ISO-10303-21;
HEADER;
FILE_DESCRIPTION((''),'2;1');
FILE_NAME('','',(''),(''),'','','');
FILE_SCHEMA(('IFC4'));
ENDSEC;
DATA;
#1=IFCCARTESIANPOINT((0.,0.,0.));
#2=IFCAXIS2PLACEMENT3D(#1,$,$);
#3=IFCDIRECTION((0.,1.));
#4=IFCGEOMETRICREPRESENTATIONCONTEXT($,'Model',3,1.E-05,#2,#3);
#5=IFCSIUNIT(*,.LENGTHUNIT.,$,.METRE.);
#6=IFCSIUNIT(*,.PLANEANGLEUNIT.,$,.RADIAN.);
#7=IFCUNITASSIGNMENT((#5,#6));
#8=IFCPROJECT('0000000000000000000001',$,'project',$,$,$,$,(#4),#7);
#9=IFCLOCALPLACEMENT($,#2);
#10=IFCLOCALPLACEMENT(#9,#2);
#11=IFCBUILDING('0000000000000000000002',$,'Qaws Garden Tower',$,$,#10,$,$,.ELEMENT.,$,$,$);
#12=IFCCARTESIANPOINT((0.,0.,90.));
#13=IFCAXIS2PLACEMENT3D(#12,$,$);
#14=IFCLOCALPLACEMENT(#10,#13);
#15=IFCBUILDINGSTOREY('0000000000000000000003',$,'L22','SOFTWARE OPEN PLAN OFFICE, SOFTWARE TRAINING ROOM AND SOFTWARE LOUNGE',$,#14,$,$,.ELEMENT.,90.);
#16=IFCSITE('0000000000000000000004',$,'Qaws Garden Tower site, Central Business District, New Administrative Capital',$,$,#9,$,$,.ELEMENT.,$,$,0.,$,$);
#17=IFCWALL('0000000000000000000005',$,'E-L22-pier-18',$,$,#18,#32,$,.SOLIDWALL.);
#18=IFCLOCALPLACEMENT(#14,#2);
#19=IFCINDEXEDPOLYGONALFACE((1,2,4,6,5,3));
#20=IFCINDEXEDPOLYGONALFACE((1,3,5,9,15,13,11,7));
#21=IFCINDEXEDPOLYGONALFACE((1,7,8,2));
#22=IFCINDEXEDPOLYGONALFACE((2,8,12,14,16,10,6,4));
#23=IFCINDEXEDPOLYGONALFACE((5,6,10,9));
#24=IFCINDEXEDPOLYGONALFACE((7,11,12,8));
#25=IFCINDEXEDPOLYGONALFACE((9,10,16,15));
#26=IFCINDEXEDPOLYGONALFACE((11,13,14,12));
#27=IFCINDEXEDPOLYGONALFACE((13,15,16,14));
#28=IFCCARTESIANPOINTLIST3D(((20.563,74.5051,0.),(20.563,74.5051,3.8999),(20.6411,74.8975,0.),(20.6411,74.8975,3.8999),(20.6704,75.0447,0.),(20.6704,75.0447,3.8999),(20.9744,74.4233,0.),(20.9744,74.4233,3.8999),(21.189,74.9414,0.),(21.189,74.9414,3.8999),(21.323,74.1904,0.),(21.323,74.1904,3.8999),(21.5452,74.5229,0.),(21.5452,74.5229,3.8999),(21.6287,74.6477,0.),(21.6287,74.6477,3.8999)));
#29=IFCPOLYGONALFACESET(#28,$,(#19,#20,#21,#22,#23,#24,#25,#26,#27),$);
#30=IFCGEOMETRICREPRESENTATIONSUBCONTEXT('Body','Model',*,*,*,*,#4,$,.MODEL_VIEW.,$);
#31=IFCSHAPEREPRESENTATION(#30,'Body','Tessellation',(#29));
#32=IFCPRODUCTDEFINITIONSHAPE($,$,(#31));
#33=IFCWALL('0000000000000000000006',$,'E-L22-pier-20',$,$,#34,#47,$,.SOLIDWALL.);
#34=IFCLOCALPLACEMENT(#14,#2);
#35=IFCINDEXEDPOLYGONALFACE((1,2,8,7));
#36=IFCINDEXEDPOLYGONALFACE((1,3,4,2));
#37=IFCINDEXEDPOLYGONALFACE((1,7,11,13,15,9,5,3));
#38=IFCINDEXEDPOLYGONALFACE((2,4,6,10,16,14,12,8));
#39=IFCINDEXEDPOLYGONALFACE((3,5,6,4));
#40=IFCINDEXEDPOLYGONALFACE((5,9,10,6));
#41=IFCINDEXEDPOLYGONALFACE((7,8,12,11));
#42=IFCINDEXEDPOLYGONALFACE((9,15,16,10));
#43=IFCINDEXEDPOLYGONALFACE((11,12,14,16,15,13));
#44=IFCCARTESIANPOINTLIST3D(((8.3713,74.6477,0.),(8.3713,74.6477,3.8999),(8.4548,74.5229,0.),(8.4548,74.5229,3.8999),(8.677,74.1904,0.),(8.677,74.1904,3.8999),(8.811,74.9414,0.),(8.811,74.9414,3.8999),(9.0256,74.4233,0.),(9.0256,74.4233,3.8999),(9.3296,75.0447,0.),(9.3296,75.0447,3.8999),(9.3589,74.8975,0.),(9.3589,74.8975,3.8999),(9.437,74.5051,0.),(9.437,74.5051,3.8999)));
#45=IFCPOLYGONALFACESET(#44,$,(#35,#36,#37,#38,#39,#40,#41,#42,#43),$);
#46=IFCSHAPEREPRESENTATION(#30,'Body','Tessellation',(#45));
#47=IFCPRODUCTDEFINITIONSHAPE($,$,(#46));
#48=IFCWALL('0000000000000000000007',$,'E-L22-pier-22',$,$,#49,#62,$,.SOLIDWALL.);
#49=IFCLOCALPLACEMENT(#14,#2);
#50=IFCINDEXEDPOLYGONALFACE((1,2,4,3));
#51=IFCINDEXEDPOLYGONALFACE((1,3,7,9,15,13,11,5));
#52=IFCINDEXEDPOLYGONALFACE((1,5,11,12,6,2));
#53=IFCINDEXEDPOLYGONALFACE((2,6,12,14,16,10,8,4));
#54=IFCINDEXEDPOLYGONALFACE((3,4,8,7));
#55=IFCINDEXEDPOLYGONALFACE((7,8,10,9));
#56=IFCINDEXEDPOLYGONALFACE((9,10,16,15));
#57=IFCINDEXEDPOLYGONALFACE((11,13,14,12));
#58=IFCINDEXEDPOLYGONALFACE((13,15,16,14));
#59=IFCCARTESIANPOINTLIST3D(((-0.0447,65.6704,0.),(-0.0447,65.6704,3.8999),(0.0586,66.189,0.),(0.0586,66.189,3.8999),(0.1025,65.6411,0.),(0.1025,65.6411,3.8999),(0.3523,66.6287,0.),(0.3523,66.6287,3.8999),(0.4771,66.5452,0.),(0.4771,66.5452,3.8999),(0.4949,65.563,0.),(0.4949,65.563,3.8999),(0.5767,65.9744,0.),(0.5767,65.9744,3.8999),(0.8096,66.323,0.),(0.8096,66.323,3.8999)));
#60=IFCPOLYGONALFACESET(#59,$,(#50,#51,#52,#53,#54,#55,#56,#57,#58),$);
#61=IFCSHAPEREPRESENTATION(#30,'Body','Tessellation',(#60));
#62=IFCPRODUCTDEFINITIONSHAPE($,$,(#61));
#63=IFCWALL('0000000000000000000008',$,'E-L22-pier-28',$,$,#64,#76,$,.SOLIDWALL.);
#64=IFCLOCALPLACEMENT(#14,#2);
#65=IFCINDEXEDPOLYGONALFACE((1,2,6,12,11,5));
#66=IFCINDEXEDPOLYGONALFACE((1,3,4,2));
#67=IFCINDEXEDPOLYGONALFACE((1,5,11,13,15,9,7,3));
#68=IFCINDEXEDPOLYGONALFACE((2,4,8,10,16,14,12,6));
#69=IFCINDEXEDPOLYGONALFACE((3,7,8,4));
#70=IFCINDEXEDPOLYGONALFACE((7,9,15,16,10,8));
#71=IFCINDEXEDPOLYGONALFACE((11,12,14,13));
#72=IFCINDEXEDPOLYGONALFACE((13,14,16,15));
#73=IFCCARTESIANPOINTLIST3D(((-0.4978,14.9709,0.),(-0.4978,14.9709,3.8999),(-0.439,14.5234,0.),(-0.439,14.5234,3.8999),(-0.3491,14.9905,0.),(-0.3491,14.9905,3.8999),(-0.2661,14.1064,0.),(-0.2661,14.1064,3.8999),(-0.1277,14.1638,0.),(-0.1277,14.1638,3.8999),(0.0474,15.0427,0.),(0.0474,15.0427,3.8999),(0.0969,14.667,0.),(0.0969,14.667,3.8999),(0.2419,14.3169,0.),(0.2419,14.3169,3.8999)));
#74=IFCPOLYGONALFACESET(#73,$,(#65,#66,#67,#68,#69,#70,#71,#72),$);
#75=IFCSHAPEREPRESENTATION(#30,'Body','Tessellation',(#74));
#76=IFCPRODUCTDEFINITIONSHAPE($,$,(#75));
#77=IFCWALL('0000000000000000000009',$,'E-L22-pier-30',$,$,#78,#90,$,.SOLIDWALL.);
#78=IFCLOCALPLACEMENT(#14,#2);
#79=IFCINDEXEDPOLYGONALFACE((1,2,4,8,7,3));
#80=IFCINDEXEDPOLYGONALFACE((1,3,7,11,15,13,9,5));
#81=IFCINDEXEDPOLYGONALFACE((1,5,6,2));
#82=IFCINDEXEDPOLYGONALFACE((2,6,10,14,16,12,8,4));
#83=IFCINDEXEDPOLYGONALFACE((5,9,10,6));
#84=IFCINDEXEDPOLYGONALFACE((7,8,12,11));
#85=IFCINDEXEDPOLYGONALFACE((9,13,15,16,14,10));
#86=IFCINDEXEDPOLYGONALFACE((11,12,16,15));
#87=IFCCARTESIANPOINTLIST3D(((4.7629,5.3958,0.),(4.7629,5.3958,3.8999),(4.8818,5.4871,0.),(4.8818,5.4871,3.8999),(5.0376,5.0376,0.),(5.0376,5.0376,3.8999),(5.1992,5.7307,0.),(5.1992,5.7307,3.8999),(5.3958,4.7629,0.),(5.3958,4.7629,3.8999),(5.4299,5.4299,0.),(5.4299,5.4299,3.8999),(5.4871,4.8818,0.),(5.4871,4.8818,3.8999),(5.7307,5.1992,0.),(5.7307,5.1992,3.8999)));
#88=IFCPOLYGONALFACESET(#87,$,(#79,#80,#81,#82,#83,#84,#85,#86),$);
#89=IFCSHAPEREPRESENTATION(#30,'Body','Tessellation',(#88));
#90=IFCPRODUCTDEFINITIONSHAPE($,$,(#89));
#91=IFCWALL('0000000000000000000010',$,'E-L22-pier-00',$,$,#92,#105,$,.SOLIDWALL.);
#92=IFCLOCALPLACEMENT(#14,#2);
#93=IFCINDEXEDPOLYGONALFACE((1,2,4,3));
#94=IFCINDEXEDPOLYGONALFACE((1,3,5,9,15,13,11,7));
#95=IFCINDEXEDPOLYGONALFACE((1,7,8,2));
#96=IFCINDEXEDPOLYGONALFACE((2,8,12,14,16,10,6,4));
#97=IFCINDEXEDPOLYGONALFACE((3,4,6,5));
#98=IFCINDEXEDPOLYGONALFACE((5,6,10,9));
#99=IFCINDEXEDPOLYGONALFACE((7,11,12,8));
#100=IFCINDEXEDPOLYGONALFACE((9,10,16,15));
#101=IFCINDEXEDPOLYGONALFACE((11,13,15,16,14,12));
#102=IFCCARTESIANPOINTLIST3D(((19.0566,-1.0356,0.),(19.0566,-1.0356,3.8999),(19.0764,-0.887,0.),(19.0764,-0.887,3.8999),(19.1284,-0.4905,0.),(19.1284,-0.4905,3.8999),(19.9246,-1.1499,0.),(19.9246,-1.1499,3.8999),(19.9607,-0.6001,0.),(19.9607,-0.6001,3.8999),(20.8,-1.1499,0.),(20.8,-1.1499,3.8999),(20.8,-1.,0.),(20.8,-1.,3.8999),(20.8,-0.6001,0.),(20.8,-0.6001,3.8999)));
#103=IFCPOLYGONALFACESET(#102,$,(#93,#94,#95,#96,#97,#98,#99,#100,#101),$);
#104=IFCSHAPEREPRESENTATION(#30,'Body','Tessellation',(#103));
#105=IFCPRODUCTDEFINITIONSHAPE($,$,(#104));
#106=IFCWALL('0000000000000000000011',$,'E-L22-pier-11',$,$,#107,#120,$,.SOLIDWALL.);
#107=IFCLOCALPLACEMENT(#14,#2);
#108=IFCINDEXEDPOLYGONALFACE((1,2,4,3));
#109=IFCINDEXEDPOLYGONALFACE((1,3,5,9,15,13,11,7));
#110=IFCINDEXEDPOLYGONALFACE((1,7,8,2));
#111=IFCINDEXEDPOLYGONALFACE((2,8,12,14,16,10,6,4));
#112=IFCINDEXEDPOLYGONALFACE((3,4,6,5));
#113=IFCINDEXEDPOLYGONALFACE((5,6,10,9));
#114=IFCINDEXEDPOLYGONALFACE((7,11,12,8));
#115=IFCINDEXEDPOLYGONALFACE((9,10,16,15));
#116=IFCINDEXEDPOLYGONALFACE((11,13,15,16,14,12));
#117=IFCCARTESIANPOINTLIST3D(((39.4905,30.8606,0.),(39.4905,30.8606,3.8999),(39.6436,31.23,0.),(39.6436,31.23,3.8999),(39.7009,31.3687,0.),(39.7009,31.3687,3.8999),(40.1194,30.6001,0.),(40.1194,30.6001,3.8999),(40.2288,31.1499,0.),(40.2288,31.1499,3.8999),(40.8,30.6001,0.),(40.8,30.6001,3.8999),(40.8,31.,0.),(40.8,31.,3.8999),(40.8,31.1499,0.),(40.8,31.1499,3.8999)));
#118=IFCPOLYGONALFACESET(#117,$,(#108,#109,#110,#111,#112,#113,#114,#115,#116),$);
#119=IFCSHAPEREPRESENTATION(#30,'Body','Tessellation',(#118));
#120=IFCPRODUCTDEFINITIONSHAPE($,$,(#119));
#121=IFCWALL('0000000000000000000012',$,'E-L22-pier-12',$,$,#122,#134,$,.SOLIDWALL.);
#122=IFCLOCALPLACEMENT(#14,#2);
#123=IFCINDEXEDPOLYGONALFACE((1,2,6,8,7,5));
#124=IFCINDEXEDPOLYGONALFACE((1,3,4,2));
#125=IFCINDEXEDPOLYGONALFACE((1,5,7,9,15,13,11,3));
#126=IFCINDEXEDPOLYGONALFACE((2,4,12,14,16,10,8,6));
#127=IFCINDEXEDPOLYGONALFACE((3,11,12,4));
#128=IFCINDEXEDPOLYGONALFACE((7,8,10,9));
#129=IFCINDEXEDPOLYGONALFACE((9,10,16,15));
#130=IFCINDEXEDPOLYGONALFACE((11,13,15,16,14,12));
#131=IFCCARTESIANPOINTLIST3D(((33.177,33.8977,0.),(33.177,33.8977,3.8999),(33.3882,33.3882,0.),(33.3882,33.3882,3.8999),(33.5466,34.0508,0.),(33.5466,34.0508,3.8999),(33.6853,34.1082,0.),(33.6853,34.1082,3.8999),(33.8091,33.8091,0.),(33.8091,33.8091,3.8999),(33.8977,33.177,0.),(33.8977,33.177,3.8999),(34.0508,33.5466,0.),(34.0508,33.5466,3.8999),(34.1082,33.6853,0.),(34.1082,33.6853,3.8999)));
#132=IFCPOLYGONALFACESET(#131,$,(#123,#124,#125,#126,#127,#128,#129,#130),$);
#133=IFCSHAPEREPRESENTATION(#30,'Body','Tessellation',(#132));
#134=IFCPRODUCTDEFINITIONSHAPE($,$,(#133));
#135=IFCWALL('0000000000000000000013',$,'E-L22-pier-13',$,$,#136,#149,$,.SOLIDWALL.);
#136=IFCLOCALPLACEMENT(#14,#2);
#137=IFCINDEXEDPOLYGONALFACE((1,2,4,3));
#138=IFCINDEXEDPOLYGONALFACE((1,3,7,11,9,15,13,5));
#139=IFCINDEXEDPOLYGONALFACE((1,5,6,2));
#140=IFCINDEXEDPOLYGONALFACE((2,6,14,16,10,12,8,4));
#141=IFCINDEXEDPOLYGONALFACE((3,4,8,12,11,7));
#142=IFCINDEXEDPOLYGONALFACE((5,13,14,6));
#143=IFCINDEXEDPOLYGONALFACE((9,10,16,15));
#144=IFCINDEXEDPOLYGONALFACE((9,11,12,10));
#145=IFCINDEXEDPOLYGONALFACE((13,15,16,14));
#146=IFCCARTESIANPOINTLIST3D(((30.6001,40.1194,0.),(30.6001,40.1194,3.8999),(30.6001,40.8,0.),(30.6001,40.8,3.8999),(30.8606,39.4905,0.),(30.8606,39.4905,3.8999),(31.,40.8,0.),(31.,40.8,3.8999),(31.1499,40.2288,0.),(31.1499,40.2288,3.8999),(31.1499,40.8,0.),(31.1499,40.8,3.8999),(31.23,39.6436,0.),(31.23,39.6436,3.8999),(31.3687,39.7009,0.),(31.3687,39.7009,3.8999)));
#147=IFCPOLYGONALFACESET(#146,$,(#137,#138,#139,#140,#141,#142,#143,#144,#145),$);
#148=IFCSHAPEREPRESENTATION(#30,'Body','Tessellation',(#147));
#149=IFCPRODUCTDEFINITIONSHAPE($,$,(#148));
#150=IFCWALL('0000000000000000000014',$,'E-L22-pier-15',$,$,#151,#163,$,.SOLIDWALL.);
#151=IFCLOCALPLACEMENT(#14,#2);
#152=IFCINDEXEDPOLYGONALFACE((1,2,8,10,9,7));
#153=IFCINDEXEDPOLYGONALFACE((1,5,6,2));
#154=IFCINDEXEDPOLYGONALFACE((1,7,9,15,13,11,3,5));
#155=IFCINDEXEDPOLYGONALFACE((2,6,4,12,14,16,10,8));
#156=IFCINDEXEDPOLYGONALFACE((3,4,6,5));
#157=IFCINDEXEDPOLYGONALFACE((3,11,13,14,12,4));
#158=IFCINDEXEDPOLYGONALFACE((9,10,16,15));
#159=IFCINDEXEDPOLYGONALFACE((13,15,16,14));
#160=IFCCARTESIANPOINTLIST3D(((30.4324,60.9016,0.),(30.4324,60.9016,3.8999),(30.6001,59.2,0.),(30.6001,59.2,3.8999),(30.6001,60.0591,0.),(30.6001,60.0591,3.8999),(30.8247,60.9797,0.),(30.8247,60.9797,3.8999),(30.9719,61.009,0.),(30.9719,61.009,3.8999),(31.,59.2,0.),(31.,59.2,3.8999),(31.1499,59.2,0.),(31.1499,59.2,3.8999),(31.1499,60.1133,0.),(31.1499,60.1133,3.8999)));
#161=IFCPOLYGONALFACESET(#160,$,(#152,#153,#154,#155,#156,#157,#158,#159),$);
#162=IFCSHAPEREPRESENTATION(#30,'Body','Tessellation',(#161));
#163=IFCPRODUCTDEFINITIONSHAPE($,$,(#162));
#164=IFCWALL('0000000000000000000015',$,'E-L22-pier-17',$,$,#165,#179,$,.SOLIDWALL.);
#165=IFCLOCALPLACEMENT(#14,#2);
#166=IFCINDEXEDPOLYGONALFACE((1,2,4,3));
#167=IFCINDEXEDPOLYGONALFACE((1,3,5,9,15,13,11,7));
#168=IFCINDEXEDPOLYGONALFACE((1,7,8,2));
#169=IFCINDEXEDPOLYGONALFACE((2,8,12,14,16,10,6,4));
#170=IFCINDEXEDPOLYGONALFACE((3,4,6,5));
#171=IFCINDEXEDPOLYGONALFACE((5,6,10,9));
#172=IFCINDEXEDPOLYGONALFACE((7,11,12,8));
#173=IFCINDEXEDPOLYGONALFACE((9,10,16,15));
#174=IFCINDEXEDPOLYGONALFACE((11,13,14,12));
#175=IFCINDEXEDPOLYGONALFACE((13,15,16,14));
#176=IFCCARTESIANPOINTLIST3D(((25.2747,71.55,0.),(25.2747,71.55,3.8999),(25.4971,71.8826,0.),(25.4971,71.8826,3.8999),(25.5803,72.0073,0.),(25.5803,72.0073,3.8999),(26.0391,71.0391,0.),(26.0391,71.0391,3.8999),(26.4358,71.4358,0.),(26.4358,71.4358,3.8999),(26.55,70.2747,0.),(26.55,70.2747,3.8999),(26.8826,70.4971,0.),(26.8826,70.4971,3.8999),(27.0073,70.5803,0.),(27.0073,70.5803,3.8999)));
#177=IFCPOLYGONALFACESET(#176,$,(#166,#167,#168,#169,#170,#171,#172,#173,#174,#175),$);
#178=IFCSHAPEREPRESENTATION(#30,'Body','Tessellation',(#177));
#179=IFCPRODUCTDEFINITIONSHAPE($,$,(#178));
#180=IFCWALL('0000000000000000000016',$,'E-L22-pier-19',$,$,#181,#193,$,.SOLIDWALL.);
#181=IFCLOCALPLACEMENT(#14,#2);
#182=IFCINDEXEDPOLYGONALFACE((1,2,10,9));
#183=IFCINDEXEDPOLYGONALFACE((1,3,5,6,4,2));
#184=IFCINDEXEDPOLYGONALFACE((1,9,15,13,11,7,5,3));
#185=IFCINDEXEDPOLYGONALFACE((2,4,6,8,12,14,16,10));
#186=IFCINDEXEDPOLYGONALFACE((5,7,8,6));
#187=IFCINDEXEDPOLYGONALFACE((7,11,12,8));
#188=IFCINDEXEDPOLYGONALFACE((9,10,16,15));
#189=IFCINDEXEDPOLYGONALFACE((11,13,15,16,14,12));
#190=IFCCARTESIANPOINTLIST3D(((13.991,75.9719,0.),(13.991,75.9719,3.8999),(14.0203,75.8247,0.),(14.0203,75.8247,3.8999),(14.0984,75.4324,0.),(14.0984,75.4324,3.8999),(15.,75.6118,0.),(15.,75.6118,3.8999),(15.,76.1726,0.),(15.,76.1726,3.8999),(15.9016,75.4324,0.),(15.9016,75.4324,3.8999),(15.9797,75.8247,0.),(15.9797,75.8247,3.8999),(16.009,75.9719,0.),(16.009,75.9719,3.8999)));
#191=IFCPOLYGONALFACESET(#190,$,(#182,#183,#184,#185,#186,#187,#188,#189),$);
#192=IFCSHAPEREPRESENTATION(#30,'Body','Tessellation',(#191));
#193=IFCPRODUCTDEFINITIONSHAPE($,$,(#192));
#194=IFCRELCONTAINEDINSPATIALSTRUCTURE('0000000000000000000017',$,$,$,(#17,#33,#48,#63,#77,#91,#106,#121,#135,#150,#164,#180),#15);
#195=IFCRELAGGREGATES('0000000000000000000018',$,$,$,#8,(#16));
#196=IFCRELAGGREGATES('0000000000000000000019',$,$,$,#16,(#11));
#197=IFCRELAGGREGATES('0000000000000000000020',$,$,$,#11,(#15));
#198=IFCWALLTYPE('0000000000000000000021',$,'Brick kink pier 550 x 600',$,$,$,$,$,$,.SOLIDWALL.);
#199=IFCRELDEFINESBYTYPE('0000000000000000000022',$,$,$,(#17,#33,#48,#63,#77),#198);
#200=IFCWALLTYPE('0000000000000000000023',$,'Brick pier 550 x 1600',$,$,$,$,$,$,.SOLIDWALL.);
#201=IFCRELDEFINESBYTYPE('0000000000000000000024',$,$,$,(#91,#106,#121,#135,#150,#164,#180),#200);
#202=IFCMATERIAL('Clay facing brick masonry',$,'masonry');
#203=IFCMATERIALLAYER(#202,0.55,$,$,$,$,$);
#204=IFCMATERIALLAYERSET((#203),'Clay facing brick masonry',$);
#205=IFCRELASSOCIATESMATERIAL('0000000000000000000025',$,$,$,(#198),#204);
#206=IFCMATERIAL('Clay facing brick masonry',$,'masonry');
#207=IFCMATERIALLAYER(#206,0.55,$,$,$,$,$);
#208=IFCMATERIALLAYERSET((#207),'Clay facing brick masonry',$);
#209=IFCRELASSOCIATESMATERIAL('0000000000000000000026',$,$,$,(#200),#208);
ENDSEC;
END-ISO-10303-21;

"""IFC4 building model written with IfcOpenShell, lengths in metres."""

from ifc_helpers import new_model, si_unit, direction, frame, origin, place, context, subcontext, project, spatial, polyline, outline, extrude, material, layer, layer_set, type_object, element, save


model = new_model("IFC4")

# Units and contexts
model_context = context("Model", 3, precision=1e-05, world=origin(), true_north=direction((0.0, 1.0)))
body_context = subcontext(model_context, "Body", "Model", "MODEL_VIEW")
ifc_project = project(units=[si_unit("LENGTHUNIT", "METRE"), si_unit("PLANEANGLEUNIT", "RADIAN")], contexts=[model_context])

# Site, building, storey
site_placement = place(None, origin())
site = spatial("IfcSite", under=ifc_project, at=site_placement, Name="Qaws Garden Tower site, Central Business District, New Administrative Capital", CompositionType="ELEMENT", RefElevation=0.0)
building_placement = place(site_placement, origin())
building = spatial("IfcBuilding", under=site, at=building_placement, Name="Qaws Garden Tower", CompositionType="ELEMENT")
storey_placement = place(building_placement, frame((0.0, 0.0, 90.0)))
storey = spatial("IfcBuildingStorey", under=building, at=storey_placement, Name="L22", Description="SOFTWARE OPEN PLAN OFFICE, SOFTWARE TRAINING ROOM AND SOFTWARE LOUNGE", CompositionType="ELEMENT", Elevation=90.0)

# Walls
placement = place(storey_placement, origin())
ifc_material_1 = material(Name="Clay facing brick masonry", Category="masonry")
ifc_layer_1 = layer(ifc_material_1, 0.55)
ifc_layer_set_1 = layer_set([ifc_layer_1], Name="Clay facing brick masonry")
wall_type_1 = type_object("IfcWallType", Name="Brick kink pier 550 x 600", PredefinedType="SOLIDWALL", material=ifc_layer_set_1)
element("IfcWall", 1, at=placement, inside=storey, type_object=wall_type_1, Name="E-L22-pier-18", PredefinedType="SOLIDWALL", context=body_context, shape_type="SweptSolid", body=[
    extrude(outline(polyline([(21.5452, 74.5229), (21.6287, 74.6477), (21.189, 74.9414), (20.6704, 75.0447), (20.6411, 74.8975), (20.563, 74.5051), (20.9744, 74.4233), (21.323, 74.1904), (21.5452, 74.5229)])), origin(), (0.0, 0.0, 1.0), 3.8999),
])
element("IfcWall", 2, at=placement, inside=storey, type_object=wall_type_1, Name="E-L22-pier-20", PredefinedType="SOLIDWALL", context=body_context, shape_type="SweptSolid", body=[
    extrude(outline(polyline([(9.3589, 74.8975), (9.3296, 75.0447), (8.811, 74.9414), (8.3713, 74.6477), (8.4548, 74.5229), (8.677, 74.1904), (9.0256, 74.4233), (9.437, 74.5051), (9.3589, 74.8975)])), origin(), (0.0, 0.0, 1.0), 3.8999),
])
element("IfcWall", 3, at=placement, inside=storey, type_object=wall_type_1, Name="E-L22-pier-22", PredefinedType="SOLIDWALL", context=body_context, shape_type="SweptSolid", body=[
    extrude(outline(polyline([(0.4771, 66.5452), (0.3523, 66.6287), (0.0586, 66.189), (-0.0447, 65.6704), (0.1025, 65.6411), (0.4949, 65.563), (0.5767, 65.9744), (0.8096, 66.323), (0.4771, 66.5452)])), origin(), (0.0, 0.0, 1.0), 3.8999),
])
element("IfcWall", 4, at=placement, inside=storey, type_object=wall_type_1, Name="E-L22-pier-28", PredefinedType="SOLIDWALL", context=body_context, shape_type="SweptSolid", body=[
    extrude(outline(polyline([(-0.3491, 14.9905), (-0.4978, 14.9709), (-0.439, 14.5234), (-0.2661, 14.1064), (-0.1277, 14.1638), (0.2419, 14.3169), (0.0969, 14.667), (0.0474, 15.0427), (-0.3491, 14.9905)])), origin(), (0.0, 0.0, 1.0), 3.8999),
])
element("IfcWall", 5, at=placement, inside=storey, type_object=wall_type_1, Name="E-L22-pier-30", PredefinedType="SOLIDWALL", context=body_context, shape_type="SweptSolid", body=[
    extrude(outline(polyline([(4.8818, 5.4871), (4.7629, 5.3958), (5.0376, 5.0376), (5.3958, 4.7629), (5.4871, 4.8818), (5.7307, 5.1992), (5.4299, 5.4299), (5.1992, 5.7307), (4.8818, 5.4871)])), origin(), (0.0, 0.0, 1.0), 3.8999),
])
ifc_material_2 = material(Name="Clay facing brick masonry", Category="masonry")
ifc_layer_2 = layer(ifc_material_2, 0.55)
ifc_layer_set_2 = layer_set([ifc_layer_2], Name="Clay facing brick masonry")
wall_type_2 = type_object("IfcWallType", Name="Brick pier 550 x 1600", PredefinedType="SOLIDWALL", material=ifc_layer_set_2)
element("IfcWall", 6, at=placement, inside=storey, type_object=wall_type_2, Name="E-L22-pier-00", PredefinedType="SOLIDWALL", context=body_context, shape_type="SweptSolid", body=[
    extrude(outline(polyline([(19.0764, -0.887), (19.0566, -1.0356), (19.9246, -1.1499), (20.8, -1.1499), (20.8, -1.0), (20.8, -0.6001), (19.9607, -0.6001), (19.1284, -0.4905), (19.0764, -0.887)])), origin(), (0.0, 0.0, 1.0), 3.8999),
])
element("IfcWall", 7, at=placement, inside=storey, type_object=wall_type_2, Name="E-L22-pier-11", PredefinedType="SOLIDWALL", context=body_context, shape_type="SweptSolid", body=[
    extrude(outline(polyline([(40.8, 31.0), (40.8, 31.1499), (40.2288, 31.1499), (39.7009, 31.3687), (39.6436, 31.23), (39.4905, 30.8606), (40.1194, 30.6001), (40.8, 30.6001), (40.8, 31.0)])), origin(), (0.0, 0.0, 1.0), 3.8999),
])
element("IfcWall", 8, at=placement, inside=storey, type_object=wall_type_2, Name="E-L22-pier-12", PredefinedType="SOLIDWALL", context=body_context, shape_type="SweptSolid", body=[
    extrude(outline(polyline([(34.0508, 33.5466), (34.1082, 33.6853), (33.8091, 33.8091), (33.6853, 34.1082), (33.5466, 34.0508), (33.177, 33.8977), (33.3882, 33.3882), (33.8977, 33.177), (34.0508, 33.5466)])), origin(), (0.0, 0.0, 1.0), 3.8999),
])
element("IfcWall", 9, at=placement, inside=storey, type_object=wall_type_2, Name="E-L22-pier-13", PredefinedType="SOLIDWALL", context=body_context, shape_type="SweptSolid", body=[
    extrude(outline(polyline([(31.23, 39.6436), (31.3687, 39.7009), (31.1499, 40.2288), (31.1499, 40.8), (31.0, 40.8), (30.6001, 40.8), (30.6001, 40.1194), (30.8606, 39.4905), (31.23, 39.6436)])), origin(), (0.0, 0.0, 1.0), 3.8999),
])
element("IfcWall", 10, at=placement, inside=storey, type_object=wall_type_2, Name="E-L22-pier-15", PredefinedType="SOLIDWALL", context=body_context, shape_type="SweptSolid", body=[
    extrude(outline(polyline([(31.0, 59.2), (31.1499, 59.2), (31.1499, 60.1133), (30.9719, 61.009), (30.8247, 60.9797), (30.4324, 60.9016), (30.6001, 60.0591), (30.6001, 59.2), (31.0, 59.2)])), origin(), (0.0, 0.0, 1.0), 3.8999),
])
element("IfcWall", 11, at=placement, inside=storey, type_object=wall_type_2, Name="E-L22-pier-17", PredefinedType="SOLIDWALL", context=body_context, shape_type="SweptSolid", body=[
    extrude(outline(polyline([(26.8826, 70.4971), (27.0073, 70.5803), (26.4358, 71.4358), (25.5803, 72.0073), (25.4971, 71.8826), (25.2747, 71.55), (26.0391, 71.0391), (26.55, 70.2747), (26.8826, 70.4971)])), origin(), (0.0, 0.0, 1.0), 3.8999),
])
element("IfcWall", 12, at=placement, inside=storey, type_object=wall_type_2, Name="E-L22-pier-19", PredefinedType="SOLIDWALL", context=body_context, shape_type="SweptSolid", body=[
    extrude(outline(polyline([(15.9797, 75.8247), (16.009, 75.9719), (15.0, 76.1726), (13.991, 75.9719), (14.0203, 75.8247), (14.0984, 75.4324), (15.0, 75.6118), (15.9016, 75.4324), (15.9797, 75.8247)])), origin(), (0.0, 0.0, 1.0), 3.8999),
])

save(model, "model.ifc")
